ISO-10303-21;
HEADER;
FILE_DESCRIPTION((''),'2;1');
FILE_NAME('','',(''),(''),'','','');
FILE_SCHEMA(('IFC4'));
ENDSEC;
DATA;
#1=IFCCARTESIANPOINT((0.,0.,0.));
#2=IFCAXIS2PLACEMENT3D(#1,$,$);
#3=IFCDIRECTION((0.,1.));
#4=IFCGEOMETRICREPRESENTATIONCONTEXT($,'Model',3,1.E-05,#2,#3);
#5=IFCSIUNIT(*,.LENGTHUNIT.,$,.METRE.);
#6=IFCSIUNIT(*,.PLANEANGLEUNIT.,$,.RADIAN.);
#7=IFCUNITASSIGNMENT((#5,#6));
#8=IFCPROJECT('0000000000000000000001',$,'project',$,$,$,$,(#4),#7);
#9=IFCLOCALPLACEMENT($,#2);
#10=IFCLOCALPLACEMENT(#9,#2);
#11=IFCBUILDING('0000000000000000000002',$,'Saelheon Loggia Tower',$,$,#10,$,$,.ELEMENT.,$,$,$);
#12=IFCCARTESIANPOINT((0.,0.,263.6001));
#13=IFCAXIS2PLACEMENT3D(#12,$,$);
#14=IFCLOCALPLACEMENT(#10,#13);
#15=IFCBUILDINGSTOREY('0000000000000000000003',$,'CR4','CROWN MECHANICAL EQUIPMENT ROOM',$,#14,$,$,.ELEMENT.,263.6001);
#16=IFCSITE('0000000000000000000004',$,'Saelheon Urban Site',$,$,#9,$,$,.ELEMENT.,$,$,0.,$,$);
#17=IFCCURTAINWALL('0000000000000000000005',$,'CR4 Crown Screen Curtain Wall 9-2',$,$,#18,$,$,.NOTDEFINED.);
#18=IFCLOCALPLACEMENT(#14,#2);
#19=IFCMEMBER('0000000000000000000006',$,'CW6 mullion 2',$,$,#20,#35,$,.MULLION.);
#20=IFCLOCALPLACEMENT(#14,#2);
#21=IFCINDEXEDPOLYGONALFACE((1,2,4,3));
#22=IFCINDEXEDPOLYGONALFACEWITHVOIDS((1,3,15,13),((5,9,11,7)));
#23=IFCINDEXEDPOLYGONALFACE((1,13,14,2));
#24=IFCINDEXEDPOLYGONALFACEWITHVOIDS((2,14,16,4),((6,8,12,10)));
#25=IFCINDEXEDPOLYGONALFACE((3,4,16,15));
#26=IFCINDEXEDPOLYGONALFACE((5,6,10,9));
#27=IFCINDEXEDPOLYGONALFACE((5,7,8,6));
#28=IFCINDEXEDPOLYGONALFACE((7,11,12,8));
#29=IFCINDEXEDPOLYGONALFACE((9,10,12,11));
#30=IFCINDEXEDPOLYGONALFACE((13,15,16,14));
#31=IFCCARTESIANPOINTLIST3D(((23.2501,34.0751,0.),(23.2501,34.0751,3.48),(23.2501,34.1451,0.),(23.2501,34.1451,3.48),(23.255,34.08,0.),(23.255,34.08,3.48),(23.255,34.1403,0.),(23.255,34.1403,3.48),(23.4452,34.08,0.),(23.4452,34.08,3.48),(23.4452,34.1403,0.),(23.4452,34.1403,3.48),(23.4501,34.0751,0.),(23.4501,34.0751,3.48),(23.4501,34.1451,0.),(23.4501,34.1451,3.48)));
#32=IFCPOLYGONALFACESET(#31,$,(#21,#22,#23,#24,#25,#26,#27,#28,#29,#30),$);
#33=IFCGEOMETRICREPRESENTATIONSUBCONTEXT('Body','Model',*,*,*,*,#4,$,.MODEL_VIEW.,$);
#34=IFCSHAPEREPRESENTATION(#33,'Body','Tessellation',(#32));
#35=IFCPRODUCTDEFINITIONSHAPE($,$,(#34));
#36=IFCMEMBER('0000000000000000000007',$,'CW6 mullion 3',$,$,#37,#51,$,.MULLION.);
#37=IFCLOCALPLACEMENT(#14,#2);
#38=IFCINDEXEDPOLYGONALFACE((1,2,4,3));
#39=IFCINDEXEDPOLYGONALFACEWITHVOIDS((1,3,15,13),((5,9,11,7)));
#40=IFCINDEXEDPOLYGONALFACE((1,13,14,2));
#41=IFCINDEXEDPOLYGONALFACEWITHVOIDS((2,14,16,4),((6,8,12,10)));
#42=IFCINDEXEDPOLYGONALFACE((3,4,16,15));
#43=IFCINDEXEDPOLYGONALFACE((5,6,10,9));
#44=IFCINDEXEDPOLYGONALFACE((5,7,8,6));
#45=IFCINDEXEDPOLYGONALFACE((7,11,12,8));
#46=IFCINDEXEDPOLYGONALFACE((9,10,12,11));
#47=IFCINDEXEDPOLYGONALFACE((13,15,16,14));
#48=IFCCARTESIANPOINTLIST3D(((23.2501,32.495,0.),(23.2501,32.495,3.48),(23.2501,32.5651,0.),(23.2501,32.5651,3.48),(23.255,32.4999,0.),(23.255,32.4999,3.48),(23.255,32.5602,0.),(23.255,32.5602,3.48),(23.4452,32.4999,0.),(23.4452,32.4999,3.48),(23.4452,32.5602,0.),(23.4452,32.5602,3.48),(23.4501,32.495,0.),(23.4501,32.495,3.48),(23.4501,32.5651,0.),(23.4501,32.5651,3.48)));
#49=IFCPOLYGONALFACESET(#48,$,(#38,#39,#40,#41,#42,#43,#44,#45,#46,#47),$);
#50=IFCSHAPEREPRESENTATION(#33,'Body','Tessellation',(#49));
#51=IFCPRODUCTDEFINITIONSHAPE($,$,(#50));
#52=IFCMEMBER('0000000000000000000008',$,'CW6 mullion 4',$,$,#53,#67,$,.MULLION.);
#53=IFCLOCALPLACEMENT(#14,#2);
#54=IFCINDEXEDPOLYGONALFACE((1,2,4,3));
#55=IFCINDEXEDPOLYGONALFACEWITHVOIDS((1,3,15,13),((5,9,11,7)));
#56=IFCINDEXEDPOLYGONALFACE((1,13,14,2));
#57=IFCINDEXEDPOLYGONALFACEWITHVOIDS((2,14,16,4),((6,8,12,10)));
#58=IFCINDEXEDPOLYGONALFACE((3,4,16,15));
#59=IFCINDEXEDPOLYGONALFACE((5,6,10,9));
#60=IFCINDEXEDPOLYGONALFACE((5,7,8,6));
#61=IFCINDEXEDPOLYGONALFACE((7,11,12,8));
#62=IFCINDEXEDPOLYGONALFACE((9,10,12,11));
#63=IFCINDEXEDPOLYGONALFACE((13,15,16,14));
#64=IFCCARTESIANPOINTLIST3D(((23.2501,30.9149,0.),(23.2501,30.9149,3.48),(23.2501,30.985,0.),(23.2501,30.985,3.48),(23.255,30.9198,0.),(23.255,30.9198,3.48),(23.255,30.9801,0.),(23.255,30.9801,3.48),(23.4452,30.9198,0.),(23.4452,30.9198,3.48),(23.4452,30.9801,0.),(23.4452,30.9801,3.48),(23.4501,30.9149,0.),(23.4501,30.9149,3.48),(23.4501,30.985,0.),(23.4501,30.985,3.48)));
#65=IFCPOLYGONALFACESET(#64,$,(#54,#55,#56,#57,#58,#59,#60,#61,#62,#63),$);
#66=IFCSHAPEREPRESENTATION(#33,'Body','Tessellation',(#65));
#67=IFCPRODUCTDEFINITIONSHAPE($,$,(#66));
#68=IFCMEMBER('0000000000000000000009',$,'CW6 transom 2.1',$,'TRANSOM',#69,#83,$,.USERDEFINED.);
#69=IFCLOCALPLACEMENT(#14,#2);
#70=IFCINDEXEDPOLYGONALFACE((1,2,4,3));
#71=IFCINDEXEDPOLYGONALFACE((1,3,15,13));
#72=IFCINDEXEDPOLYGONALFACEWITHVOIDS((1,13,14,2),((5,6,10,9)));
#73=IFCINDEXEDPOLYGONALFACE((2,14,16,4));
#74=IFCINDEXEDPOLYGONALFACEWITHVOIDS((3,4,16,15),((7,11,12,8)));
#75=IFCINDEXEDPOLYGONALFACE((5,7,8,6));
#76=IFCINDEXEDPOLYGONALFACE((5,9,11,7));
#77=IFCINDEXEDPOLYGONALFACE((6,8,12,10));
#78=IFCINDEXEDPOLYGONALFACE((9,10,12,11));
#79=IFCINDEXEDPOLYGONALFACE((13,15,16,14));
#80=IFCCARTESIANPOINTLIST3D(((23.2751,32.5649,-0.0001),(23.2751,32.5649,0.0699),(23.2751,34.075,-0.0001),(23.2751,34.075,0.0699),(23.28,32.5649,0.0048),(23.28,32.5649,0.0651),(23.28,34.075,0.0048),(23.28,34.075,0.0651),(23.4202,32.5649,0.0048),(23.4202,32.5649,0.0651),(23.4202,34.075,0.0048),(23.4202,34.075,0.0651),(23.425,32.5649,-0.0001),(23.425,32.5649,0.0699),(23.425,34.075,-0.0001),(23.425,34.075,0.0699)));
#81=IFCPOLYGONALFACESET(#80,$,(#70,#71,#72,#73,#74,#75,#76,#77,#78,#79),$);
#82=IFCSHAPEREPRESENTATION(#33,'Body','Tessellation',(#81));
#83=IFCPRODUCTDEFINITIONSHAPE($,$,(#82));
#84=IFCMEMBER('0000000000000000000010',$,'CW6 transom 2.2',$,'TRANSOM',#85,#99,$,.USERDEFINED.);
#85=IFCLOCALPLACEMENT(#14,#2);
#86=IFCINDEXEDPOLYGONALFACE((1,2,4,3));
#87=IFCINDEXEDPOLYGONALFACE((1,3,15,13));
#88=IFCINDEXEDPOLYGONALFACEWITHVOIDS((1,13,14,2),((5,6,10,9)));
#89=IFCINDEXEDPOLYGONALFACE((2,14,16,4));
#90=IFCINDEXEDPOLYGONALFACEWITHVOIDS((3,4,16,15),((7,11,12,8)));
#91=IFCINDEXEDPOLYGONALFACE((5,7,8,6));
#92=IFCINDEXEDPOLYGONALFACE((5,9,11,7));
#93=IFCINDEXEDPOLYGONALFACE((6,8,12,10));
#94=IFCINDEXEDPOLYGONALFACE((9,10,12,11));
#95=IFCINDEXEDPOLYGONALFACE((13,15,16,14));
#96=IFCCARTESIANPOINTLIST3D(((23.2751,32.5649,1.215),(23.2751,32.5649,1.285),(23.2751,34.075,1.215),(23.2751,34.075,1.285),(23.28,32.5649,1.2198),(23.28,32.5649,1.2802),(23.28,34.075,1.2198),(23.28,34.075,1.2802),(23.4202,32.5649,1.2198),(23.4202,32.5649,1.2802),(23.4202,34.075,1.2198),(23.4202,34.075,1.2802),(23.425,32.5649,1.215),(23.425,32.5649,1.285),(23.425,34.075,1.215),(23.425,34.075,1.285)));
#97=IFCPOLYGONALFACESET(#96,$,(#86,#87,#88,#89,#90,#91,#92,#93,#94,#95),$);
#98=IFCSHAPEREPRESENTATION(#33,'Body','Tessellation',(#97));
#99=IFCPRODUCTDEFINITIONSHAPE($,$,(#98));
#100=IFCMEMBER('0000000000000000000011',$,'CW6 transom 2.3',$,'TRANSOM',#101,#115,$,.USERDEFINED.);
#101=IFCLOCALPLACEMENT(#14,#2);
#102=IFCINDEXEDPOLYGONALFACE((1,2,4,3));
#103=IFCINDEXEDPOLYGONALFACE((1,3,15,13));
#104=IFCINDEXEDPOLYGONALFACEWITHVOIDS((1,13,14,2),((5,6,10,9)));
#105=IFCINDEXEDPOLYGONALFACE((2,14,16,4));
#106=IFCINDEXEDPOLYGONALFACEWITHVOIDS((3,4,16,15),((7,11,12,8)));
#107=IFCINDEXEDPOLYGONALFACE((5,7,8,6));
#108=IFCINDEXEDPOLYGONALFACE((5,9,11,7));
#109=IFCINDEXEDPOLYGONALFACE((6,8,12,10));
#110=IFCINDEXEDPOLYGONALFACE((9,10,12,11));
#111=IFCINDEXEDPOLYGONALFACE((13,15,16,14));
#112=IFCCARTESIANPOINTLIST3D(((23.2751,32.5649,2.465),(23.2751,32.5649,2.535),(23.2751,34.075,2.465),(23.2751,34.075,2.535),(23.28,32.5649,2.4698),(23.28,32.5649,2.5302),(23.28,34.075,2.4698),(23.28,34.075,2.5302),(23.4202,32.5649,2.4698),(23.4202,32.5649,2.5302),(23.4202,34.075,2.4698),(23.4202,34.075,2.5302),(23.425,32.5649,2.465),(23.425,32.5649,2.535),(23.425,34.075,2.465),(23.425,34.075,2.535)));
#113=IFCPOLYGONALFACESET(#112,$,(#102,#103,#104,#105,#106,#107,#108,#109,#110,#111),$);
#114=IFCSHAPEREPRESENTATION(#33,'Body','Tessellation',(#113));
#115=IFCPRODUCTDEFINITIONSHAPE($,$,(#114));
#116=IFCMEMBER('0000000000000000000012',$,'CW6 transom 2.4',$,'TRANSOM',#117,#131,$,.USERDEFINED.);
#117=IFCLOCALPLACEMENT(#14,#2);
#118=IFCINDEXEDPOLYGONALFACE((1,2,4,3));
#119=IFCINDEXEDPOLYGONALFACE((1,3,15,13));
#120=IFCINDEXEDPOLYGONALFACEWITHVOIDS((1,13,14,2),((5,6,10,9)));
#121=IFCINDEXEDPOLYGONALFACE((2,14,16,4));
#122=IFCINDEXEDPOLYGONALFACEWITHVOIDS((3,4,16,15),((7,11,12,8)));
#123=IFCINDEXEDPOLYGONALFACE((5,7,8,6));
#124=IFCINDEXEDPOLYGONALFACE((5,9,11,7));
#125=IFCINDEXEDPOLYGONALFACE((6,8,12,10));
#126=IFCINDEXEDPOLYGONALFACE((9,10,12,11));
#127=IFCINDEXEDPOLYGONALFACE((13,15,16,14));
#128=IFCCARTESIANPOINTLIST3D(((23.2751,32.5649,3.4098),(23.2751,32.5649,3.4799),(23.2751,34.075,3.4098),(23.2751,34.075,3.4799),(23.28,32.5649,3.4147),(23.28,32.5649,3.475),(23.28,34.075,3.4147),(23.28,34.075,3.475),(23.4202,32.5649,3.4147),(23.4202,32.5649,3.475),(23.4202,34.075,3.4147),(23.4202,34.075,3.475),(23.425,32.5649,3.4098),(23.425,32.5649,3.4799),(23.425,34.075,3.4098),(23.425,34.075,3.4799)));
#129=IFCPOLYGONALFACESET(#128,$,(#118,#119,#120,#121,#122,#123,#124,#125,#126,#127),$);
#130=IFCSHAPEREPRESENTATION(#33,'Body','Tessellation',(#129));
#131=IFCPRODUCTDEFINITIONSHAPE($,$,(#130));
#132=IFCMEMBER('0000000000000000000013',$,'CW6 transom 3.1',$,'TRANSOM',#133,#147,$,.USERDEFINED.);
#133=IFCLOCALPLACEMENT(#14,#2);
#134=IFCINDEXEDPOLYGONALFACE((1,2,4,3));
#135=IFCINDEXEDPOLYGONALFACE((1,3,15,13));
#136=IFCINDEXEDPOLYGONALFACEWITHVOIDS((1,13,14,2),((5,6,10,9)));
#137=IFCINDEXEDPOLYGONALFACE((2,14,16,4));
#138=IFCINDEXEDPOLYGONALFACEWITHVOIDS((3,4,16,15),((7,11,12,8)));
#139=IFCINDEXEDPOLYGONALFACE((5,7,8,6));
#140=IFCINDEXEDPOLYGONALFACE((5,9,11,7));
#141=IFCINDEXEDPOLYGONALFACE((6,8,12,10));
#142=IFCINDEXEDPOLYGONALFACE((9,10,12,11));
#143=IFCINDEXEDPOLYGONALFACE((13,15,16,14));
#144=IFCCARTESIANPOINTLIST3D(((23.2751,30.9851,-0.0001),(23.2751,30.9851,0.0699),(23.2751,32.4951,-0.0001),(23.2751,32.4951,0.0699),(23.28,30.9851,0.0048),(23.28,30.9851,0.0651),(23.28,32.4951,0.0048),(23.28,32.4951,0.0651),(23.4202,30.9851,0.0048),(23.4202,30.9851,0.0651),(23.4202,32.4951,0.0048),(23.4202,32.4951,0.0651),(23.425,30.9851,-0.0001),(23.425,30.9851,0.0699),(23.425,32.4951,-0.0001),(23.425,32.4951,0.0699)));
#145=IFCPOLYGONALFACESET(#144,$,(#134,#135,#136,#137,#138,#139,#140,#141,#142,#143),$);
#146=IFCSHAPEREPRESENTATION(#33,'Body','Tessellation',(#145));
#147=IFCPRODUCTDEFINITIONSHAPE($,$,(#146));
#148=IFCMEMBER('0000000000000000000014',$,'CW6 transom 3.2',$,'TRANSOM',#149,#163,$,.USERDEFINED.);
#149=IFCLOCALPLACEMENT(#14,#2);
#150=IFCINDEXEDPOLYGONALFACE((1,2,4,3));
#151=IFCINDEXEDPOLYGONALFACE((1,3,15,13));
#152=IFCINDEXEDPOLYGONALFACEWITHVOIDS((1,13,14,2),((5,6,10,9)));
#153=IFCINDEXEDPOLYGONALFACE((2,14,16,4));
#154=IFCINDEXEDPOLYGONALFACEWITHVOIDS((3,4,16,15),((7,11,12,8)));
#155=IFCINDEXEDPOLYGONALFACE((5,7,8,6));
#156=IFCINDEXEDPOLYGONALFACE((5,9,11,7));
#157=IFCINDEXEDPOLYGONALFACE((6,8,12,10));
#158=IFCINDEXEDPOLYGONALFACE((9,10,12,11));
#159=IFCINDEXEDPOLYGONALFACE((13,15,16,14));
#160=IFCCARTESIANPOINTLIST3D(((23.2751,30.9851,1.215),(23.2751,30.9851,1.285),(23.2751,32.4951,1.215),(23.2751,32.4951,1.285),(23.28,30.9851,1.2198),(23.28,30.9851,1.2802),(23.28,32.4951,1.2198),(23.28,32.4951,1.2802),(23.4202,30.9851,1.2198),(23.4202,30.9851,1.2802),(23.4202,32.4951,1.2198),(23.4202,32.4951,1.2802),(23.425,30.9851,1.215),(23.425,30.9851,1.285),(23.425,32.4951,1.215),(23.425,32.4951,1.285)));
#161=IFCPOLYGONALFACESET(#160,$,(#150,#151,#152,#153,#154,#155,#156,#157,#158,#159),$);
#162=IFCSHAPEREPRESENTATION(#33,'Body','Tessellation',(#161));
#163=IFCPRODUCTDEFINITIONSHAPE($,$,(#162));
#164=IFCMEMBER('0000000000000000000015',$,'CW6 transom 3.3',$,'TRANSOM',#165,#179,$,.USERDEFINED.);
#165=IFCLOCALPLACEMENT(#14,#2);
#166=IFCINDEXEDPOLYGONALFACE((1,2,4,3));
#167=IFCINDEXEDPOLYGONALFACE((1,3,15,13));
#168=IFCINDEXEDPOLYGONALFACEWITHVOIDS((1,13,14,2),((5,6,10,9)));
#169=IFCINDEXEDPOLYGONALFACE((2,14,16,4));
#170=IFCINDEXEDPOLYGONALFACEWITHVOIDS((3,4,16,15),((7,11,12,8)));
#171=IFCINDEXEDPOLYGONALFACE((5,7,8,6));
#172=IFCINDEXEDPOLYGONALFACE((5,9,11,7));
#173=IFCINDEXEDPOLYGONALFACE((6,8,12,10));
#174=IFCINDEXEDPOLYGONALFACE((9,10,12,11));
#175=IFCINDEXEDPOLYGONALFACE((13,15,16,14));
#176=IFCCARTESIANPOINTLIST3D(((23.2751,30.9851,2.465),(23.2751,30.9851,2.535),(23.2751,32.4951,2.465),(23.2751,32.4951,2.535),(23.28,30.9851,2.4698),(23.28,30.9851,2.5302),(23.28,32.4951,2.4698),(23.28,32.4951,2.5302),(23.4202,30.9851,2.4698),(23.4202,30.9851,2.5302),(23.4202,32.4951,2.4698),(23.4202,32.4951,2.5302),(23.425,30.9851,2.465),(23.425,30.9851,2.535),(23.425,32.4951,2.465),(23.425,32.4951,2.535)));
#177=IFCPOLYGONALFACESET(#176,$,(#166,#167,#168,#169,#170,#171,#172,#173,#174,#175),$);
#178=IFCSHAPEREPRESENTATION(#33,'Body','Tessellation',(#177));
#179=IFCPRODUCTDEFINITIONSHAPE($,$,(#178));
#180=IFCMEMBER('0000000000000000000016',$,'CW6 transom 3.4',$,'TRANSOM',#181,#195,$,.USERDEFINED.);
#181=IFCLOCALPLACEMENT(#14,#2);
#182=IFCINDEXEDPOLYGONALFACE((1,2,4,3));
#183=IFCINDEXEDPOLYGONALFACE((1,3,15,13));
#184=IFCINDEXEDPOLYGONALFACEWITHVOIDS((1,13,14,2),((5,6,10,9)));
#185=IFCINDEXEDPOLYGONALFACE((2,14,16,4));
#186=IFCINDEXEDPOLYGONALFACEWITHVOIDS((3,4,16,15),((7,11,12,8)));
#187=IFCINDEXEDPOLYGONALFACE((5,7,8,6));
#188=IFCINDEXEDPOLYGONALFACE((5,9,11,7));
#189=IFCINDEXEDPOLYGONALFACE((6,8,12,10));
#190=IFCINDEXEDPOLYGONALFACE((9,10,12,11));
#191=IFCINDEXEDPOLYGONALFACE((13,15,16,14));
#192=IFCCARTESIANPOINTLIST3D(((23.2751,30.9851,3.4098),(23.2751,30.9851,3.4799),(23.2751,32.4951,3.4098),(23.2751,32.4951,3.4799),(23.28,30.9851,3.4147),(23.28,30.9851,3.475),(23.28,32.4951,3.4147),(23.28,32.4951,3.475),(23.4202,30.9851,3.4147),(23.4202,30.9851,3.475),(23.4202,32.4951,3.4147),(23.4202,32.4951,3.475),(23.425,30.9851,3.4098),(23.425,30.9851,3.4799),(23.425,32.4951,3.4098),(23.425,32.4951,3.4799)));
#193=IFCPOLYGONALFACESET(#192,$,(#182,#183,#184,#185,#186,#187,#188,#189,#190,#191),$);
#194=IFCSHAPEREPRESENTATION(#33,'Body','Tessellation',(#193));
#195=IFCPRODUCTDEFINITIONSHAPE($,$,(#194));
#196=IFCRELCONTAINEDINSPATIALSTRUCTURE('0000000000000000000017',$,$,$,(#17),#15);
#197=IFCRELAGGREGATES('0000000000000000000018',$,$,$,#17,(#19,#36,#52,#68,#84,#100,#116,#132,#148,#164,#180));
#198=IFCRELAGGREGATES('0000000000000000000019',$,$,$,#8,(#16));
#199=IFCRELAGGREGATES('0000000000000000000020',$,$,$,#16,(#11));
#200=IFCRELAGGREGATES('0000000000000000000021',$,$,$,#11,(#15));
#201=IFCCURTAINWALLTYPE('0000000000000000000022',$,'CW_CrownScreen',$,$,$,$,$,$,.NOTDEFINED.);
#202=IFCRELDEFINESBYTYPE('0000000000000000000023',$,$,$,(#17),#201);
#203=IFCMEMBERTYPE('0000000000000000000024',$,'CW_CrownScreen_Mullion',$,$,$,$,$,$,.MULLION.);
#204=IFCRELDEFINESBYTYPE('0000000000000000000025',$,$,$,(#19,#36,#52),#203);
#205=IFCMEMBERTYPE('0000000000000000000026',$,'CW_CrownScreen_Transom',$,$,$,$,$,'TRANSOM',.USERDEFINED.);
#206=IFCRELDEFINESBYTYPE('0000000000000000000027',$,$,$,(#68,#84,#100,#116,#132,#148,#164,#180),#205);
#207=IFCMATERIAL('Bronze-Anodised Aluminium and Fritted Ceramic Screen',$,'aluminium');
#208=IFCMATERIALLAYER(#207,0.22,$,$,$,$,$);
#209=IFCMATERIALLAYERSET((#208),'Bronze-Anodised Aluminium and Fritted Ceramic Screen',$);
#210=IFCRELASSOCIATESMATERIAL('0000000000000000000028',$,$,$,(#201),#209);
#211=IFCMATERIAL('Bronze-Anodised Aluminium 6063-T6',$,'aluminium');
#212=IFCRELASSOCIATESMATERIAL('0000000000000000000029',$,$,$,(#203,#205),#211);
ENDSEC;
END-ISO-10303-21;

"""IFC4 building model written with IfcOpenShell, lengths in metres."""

from ifc_helpers import new_model, si_unit, direction, frame, origin, origin_2d, place, context, subcontext, project, spatial, hollow_rectangle, extrude, source, transform, mapped, material, layer, layer_set, material_profile, profile_set, type_object, element, aggregate, save


model = new_model("IFC4")

# Units and contexts
model_context = context("Model", 3, precision=1e-05, world=origin(), true_north=direction((0.0, 1.0)))
body_context = subcontext(model_context, "Body", "Model", "MODEL_VIEW")
ifc_project = project(units=[si_unit("LENGTHUNIT", "METRE"), si_unit("PLANEANGLEUNIT", "RADIAN")], contexts=[model_context])

# Site, building, storey
site_placement = place(None, origin())
site = spatial("IfcSite", under=ifc_project, at=site_placement, Name="Saelheon Urban Site", CompositionType="ELEMENT", RefElevation=0.0)
building_placement = place(site_placement, origin())
building = spatial("IfcBuilding", under=site, at=building_placement, Name="Saelheon Loggia Tower", CompositionType="ELEMENT")
storey_placement = place(building_placement, frame((0.0, 0.0, 263.6001)))
storey = spatial("IfcBuildingStorey", under=building, at=storey_placement, Name="CR4", Description="CROWN MECHANICAL EQUIPMENT ROOM", CompositionType="ELEMENT", Elevation=263.6001)

# Curtain wall, members
ifc_material_1 = material(Name="Bronze-Anodised Aluminium and Fritted Ceramic Screen", Category="aluminium")
ifc_layer_1 = layer(ifc_material_1, 0.22)
ifc_layer_set_1 = layer_set([ifc_layer_1], Name="Bronze-Anodised Aluminium and Fritted Ceramic Screen")
curtain_wall_type = type_object("IfcCurtainWallType", Name="CW_CrownScreen", PredefinedType="NOTDEFINED", material=ifc_layer_set_1)
curtain_wall_placement = place(storey_placement, origin())
curtain_wall = element("IfcCurtainWall", 1, at=curtain_wall_placement, inside=storey, type_object=curtain_wall_type, Name="CR4 Crown Screen Curtain Wall 9-2", PredefinedType="NOTDEFINED")
ifc_material_2 = material(Name="Bronze-Anodised Aluminium 6063-T6", Category="aluminium")
ifc_material_profile_1 = material_profile(ifc_material_2, hollow_rectangle(XDim=0.0701, YDim=0.2, WallThickness=0.0049, at=origin_2d()), Name="RHS-200x70x5")
ifc_profile_set_1 = profile_set([ifc_material_profile_1], Name="Bronze-Anodised Aluminium 6063-T6")
member_type_1 = type_object("IfcMemberType", Name="CW_CrownScreen_Mullion", PredefinedType="MULLION", material=ifc_profile_set_1)
shared_shape_1 = source(origin(), body_context, "Body", "SweptSolid", [
    extrude(hollow_rectangle(XDim=0.0701, YDim=0.2, WallThickness=0.0049, at=origin_2d()), origin(), (0.0, 0.0, 1.0), 3.48),
])
member_1_placement = place(storey_placement, frame((23.3501, 34.1101, 0.0), z_axis=(0.0, 0.0, 1.0), x_axis=(0.0, -1.0, 0.0)))
member_1 = element("IfcMember", 2, at=member_1_placement, type_object=member_type_1, Name="CW6 mullion 2", PredefinedType="MULLION", context=body_context, shape_type="MappedRepresentation", body=[
    mapped(shared_shape_1, transform((0.0, 0.0, 0.0), scale=1.0)),
])
member_2_placement = place(storey_placement, frame((23.3501, 32.53, 0.0), z_axis=(0.0, 0.0, 1.0), x_axis=(0.0, -1.0, 0.0)))
member_2 = element("IfcMember", 3, at=member_2_placement, type_object=member_type_1, Name="CW6 mullion 3", PredefinedType="MULLION", context=body_context, shape_type="MappedRepresentation", body=[
    mapped(shared_shape_1, transform((0.0, 0.0, 0.0), scale=1.0)),
])
member_3_placement = place(storey_placement, frame((23.3501, 30.95, 0.0), z_axis=(0.0, 0.0, 1.0), x_axis=(0.0, -1.0, 0.0)))
member_3 = element("IfcMember", 4, at=member_3_placement, type_object=member_type_1, Name="CW6 mullion 4", PredefinedType="MULLION", context=body_context, shape_type="MappedRepresentation", body=[
    mapped(shared_shape_1, transform((0.0, 0.0, 0.0), scale=1.0)),
])
ifc_material_profile_2 = material_profile(ifc_material_2, hollow_rectangle(XDim=0.0701, YDim=0.1499, WallThickness=0.0049, at=origin_2d()), Name="RHS-150x70x5")
ifc_profile_set_2 = profile_set([ifc_material_profile_2], Name="Bronze-Anodised Aluminium 6063-T6")
member_type_2 = type_object("IfcMemberType", Name="CW_CrownScreen_Transom", ElementType="TRANSOM", PredefinedType="USERDEFINED", material=ifc_profile_set_2)
shared_shape_2 = source(origin(), body_context, "Body", "SweptSolid", [
    extrude(hollow_rectangle(XDim=0.0701, YDim=0.1499, WallThickness=0.0049, at=origin_2d()), origin(), (0.0, 0.0, 1.0), 1.51),
])
member_4_placement = place(storey_placement, frame((23.3501, 34.075, 0.0349), z_axis=(0.0, -1.0, 0.0), x_axis=(0.0, 0.0, 1.0)))
member_4 = element("IfcMember", 5, at=member_4_placement, type_object=member_type_2, Name="CW6 transom 2.1", ObjectType="TRANSOM", PredefinedType="USERDEFINED", context=body_context, shape_type="MappedRepresentation", body=[
    mapped(shared_shape_2, transform((0.0, 0.0, 0.0), scale=1.0)),
])
member_5_placement = place(storey_placement, frame((23.3501, 34.075, 1.25), z_axis=(0.0, -1.0, 0.0), x_axis=(0.0, 0.0, 1.0)))
member_5 = element("IfcMember", 6, at=member_5_placement, type_object=member_type_2, Name="CW6 transom 2.2", ObjectType="TRANSOM", PredefinedType="USERDEFINED", context=body_context, shape_type="MappedRepresentation", body=[
    mapped(shared_shape_2, transform((0.0, 0.0, 0.0), scale=1.0)),
])
member_6_placement = place(storey_placement, frame((23.3501, 34.075, 2.5), z_axis=(0.0, -1.0, 0.0), x_axis=(0.0, 0.0, 1.0)))
member_6 = element("IfcMember", 7, at=member_6_placement, type_object=member_type_2, Name="CW6 transom 2.3", ObjectType="TRANSOM", PredefinedType="USERDEFINED", context=body_context, shape_type="MappedRepresentation", body=[
    mapped(shared_shape_2, transform((0.0, 0.0, 0.0), scale=1.0)),
])
member_7_placement = place(storey_placement, frame((23.3501, 34.075, 3.4448), z_axis=(0.0, -1.0, 0.0), x_axis=(0.0, 0.0, 1.0)))
member_7 = element("IfcMember", 8, at=member_7_placement, type_object=member_type_2, Name="CW6 transom 2.4", ObjectType="TRANSOM", PredefinedType="USERDEFINED", context=body_context, shape_type="MappedRepresentation", body=[
    mapped(shared_shape_2, transform((0.0, 0.0, 0.0), scale=1.0)),
])
member_8_placement = place(storey_placement, frame((23.3501, 32.4951, 0.0349), z_axis=(0.0, -1.0, 0.0), x_axis=(0.0, 0.0, 1.0)))
member_8 = element("IfcMember", 9, at=member_8_placement, type_object=member_type_2, Name="CW6 transom 3.1", ObjectType="TRANSOM", PredefinedType="USERDEFINED", context=body_context, shape_type="MappedRepresentation", body=[
    mapped(shared_shape_2, transform((0.0, 0.0, 0.0), scale=1.0)),
])
member_9_placement = place(storey_placement, frame((23.3501, 32.4951, 1.25), z_axis=(0.0, -1.0, 0.0), x_axis=(0.0, 0.0, 1.0)))
member_9 = element("IfcMember", 10, at=member_9_placement, type_object=member_type_2, Name="CW6 transom 3.2", ObjectType="TRANSOM", PredefinedType="USERDEFINED", context=body_context, shape_type="MappedRepresentation", body=[
    mapped(shared_shape_2, transform((0.0, 0.0, 0.0), scale=1.0)),
])
member_10_placement = place(storey_placement, frame((23.3501, 32.4951, 2.5), z_axis=(0.0, -1.0, 0.0), x_axis=(0.0, 0.0, 1.0)))
member_10 = element("IfcMember", 11, at=member_10_placement, type_object=member_type_2, Name="CW6 transom 3.3", ObjectType="TRANSOM", PredefinedType="USERDEFINED", context=body_context, shape_type="MappedRepresentation", body=[
    mapped(shared_shape_2, transform((0.0, 0.0, 0.0), scale=1.0)),
])
member_11_placement = place(storey_placement, frame((23.3501, 32.4951, 3.4448), z_axis=(0.0, -1.0, 0.0), x_axis=(0.0, 0.0, 1.0)))
member_11 = element("IfcMember", 12, at=member_11_placement, type_object=member_type_2, Name="CW6 transom 3.4", ObjectType="TRANSOM", PredefinedType="USERDEFINED", context=body_context, shape_type="MappedRepresentation", body=[
    mapped(shared_shape_2, transform((0.0, 0.0, 0.0), scale=1.0)),
])
aggregate(curtain_wall, [member_1, member_2, member_3, member_4, member_5, member_6, member_7, member_8, member_9, member_10, member_11])

save(model, "model.ifc")
